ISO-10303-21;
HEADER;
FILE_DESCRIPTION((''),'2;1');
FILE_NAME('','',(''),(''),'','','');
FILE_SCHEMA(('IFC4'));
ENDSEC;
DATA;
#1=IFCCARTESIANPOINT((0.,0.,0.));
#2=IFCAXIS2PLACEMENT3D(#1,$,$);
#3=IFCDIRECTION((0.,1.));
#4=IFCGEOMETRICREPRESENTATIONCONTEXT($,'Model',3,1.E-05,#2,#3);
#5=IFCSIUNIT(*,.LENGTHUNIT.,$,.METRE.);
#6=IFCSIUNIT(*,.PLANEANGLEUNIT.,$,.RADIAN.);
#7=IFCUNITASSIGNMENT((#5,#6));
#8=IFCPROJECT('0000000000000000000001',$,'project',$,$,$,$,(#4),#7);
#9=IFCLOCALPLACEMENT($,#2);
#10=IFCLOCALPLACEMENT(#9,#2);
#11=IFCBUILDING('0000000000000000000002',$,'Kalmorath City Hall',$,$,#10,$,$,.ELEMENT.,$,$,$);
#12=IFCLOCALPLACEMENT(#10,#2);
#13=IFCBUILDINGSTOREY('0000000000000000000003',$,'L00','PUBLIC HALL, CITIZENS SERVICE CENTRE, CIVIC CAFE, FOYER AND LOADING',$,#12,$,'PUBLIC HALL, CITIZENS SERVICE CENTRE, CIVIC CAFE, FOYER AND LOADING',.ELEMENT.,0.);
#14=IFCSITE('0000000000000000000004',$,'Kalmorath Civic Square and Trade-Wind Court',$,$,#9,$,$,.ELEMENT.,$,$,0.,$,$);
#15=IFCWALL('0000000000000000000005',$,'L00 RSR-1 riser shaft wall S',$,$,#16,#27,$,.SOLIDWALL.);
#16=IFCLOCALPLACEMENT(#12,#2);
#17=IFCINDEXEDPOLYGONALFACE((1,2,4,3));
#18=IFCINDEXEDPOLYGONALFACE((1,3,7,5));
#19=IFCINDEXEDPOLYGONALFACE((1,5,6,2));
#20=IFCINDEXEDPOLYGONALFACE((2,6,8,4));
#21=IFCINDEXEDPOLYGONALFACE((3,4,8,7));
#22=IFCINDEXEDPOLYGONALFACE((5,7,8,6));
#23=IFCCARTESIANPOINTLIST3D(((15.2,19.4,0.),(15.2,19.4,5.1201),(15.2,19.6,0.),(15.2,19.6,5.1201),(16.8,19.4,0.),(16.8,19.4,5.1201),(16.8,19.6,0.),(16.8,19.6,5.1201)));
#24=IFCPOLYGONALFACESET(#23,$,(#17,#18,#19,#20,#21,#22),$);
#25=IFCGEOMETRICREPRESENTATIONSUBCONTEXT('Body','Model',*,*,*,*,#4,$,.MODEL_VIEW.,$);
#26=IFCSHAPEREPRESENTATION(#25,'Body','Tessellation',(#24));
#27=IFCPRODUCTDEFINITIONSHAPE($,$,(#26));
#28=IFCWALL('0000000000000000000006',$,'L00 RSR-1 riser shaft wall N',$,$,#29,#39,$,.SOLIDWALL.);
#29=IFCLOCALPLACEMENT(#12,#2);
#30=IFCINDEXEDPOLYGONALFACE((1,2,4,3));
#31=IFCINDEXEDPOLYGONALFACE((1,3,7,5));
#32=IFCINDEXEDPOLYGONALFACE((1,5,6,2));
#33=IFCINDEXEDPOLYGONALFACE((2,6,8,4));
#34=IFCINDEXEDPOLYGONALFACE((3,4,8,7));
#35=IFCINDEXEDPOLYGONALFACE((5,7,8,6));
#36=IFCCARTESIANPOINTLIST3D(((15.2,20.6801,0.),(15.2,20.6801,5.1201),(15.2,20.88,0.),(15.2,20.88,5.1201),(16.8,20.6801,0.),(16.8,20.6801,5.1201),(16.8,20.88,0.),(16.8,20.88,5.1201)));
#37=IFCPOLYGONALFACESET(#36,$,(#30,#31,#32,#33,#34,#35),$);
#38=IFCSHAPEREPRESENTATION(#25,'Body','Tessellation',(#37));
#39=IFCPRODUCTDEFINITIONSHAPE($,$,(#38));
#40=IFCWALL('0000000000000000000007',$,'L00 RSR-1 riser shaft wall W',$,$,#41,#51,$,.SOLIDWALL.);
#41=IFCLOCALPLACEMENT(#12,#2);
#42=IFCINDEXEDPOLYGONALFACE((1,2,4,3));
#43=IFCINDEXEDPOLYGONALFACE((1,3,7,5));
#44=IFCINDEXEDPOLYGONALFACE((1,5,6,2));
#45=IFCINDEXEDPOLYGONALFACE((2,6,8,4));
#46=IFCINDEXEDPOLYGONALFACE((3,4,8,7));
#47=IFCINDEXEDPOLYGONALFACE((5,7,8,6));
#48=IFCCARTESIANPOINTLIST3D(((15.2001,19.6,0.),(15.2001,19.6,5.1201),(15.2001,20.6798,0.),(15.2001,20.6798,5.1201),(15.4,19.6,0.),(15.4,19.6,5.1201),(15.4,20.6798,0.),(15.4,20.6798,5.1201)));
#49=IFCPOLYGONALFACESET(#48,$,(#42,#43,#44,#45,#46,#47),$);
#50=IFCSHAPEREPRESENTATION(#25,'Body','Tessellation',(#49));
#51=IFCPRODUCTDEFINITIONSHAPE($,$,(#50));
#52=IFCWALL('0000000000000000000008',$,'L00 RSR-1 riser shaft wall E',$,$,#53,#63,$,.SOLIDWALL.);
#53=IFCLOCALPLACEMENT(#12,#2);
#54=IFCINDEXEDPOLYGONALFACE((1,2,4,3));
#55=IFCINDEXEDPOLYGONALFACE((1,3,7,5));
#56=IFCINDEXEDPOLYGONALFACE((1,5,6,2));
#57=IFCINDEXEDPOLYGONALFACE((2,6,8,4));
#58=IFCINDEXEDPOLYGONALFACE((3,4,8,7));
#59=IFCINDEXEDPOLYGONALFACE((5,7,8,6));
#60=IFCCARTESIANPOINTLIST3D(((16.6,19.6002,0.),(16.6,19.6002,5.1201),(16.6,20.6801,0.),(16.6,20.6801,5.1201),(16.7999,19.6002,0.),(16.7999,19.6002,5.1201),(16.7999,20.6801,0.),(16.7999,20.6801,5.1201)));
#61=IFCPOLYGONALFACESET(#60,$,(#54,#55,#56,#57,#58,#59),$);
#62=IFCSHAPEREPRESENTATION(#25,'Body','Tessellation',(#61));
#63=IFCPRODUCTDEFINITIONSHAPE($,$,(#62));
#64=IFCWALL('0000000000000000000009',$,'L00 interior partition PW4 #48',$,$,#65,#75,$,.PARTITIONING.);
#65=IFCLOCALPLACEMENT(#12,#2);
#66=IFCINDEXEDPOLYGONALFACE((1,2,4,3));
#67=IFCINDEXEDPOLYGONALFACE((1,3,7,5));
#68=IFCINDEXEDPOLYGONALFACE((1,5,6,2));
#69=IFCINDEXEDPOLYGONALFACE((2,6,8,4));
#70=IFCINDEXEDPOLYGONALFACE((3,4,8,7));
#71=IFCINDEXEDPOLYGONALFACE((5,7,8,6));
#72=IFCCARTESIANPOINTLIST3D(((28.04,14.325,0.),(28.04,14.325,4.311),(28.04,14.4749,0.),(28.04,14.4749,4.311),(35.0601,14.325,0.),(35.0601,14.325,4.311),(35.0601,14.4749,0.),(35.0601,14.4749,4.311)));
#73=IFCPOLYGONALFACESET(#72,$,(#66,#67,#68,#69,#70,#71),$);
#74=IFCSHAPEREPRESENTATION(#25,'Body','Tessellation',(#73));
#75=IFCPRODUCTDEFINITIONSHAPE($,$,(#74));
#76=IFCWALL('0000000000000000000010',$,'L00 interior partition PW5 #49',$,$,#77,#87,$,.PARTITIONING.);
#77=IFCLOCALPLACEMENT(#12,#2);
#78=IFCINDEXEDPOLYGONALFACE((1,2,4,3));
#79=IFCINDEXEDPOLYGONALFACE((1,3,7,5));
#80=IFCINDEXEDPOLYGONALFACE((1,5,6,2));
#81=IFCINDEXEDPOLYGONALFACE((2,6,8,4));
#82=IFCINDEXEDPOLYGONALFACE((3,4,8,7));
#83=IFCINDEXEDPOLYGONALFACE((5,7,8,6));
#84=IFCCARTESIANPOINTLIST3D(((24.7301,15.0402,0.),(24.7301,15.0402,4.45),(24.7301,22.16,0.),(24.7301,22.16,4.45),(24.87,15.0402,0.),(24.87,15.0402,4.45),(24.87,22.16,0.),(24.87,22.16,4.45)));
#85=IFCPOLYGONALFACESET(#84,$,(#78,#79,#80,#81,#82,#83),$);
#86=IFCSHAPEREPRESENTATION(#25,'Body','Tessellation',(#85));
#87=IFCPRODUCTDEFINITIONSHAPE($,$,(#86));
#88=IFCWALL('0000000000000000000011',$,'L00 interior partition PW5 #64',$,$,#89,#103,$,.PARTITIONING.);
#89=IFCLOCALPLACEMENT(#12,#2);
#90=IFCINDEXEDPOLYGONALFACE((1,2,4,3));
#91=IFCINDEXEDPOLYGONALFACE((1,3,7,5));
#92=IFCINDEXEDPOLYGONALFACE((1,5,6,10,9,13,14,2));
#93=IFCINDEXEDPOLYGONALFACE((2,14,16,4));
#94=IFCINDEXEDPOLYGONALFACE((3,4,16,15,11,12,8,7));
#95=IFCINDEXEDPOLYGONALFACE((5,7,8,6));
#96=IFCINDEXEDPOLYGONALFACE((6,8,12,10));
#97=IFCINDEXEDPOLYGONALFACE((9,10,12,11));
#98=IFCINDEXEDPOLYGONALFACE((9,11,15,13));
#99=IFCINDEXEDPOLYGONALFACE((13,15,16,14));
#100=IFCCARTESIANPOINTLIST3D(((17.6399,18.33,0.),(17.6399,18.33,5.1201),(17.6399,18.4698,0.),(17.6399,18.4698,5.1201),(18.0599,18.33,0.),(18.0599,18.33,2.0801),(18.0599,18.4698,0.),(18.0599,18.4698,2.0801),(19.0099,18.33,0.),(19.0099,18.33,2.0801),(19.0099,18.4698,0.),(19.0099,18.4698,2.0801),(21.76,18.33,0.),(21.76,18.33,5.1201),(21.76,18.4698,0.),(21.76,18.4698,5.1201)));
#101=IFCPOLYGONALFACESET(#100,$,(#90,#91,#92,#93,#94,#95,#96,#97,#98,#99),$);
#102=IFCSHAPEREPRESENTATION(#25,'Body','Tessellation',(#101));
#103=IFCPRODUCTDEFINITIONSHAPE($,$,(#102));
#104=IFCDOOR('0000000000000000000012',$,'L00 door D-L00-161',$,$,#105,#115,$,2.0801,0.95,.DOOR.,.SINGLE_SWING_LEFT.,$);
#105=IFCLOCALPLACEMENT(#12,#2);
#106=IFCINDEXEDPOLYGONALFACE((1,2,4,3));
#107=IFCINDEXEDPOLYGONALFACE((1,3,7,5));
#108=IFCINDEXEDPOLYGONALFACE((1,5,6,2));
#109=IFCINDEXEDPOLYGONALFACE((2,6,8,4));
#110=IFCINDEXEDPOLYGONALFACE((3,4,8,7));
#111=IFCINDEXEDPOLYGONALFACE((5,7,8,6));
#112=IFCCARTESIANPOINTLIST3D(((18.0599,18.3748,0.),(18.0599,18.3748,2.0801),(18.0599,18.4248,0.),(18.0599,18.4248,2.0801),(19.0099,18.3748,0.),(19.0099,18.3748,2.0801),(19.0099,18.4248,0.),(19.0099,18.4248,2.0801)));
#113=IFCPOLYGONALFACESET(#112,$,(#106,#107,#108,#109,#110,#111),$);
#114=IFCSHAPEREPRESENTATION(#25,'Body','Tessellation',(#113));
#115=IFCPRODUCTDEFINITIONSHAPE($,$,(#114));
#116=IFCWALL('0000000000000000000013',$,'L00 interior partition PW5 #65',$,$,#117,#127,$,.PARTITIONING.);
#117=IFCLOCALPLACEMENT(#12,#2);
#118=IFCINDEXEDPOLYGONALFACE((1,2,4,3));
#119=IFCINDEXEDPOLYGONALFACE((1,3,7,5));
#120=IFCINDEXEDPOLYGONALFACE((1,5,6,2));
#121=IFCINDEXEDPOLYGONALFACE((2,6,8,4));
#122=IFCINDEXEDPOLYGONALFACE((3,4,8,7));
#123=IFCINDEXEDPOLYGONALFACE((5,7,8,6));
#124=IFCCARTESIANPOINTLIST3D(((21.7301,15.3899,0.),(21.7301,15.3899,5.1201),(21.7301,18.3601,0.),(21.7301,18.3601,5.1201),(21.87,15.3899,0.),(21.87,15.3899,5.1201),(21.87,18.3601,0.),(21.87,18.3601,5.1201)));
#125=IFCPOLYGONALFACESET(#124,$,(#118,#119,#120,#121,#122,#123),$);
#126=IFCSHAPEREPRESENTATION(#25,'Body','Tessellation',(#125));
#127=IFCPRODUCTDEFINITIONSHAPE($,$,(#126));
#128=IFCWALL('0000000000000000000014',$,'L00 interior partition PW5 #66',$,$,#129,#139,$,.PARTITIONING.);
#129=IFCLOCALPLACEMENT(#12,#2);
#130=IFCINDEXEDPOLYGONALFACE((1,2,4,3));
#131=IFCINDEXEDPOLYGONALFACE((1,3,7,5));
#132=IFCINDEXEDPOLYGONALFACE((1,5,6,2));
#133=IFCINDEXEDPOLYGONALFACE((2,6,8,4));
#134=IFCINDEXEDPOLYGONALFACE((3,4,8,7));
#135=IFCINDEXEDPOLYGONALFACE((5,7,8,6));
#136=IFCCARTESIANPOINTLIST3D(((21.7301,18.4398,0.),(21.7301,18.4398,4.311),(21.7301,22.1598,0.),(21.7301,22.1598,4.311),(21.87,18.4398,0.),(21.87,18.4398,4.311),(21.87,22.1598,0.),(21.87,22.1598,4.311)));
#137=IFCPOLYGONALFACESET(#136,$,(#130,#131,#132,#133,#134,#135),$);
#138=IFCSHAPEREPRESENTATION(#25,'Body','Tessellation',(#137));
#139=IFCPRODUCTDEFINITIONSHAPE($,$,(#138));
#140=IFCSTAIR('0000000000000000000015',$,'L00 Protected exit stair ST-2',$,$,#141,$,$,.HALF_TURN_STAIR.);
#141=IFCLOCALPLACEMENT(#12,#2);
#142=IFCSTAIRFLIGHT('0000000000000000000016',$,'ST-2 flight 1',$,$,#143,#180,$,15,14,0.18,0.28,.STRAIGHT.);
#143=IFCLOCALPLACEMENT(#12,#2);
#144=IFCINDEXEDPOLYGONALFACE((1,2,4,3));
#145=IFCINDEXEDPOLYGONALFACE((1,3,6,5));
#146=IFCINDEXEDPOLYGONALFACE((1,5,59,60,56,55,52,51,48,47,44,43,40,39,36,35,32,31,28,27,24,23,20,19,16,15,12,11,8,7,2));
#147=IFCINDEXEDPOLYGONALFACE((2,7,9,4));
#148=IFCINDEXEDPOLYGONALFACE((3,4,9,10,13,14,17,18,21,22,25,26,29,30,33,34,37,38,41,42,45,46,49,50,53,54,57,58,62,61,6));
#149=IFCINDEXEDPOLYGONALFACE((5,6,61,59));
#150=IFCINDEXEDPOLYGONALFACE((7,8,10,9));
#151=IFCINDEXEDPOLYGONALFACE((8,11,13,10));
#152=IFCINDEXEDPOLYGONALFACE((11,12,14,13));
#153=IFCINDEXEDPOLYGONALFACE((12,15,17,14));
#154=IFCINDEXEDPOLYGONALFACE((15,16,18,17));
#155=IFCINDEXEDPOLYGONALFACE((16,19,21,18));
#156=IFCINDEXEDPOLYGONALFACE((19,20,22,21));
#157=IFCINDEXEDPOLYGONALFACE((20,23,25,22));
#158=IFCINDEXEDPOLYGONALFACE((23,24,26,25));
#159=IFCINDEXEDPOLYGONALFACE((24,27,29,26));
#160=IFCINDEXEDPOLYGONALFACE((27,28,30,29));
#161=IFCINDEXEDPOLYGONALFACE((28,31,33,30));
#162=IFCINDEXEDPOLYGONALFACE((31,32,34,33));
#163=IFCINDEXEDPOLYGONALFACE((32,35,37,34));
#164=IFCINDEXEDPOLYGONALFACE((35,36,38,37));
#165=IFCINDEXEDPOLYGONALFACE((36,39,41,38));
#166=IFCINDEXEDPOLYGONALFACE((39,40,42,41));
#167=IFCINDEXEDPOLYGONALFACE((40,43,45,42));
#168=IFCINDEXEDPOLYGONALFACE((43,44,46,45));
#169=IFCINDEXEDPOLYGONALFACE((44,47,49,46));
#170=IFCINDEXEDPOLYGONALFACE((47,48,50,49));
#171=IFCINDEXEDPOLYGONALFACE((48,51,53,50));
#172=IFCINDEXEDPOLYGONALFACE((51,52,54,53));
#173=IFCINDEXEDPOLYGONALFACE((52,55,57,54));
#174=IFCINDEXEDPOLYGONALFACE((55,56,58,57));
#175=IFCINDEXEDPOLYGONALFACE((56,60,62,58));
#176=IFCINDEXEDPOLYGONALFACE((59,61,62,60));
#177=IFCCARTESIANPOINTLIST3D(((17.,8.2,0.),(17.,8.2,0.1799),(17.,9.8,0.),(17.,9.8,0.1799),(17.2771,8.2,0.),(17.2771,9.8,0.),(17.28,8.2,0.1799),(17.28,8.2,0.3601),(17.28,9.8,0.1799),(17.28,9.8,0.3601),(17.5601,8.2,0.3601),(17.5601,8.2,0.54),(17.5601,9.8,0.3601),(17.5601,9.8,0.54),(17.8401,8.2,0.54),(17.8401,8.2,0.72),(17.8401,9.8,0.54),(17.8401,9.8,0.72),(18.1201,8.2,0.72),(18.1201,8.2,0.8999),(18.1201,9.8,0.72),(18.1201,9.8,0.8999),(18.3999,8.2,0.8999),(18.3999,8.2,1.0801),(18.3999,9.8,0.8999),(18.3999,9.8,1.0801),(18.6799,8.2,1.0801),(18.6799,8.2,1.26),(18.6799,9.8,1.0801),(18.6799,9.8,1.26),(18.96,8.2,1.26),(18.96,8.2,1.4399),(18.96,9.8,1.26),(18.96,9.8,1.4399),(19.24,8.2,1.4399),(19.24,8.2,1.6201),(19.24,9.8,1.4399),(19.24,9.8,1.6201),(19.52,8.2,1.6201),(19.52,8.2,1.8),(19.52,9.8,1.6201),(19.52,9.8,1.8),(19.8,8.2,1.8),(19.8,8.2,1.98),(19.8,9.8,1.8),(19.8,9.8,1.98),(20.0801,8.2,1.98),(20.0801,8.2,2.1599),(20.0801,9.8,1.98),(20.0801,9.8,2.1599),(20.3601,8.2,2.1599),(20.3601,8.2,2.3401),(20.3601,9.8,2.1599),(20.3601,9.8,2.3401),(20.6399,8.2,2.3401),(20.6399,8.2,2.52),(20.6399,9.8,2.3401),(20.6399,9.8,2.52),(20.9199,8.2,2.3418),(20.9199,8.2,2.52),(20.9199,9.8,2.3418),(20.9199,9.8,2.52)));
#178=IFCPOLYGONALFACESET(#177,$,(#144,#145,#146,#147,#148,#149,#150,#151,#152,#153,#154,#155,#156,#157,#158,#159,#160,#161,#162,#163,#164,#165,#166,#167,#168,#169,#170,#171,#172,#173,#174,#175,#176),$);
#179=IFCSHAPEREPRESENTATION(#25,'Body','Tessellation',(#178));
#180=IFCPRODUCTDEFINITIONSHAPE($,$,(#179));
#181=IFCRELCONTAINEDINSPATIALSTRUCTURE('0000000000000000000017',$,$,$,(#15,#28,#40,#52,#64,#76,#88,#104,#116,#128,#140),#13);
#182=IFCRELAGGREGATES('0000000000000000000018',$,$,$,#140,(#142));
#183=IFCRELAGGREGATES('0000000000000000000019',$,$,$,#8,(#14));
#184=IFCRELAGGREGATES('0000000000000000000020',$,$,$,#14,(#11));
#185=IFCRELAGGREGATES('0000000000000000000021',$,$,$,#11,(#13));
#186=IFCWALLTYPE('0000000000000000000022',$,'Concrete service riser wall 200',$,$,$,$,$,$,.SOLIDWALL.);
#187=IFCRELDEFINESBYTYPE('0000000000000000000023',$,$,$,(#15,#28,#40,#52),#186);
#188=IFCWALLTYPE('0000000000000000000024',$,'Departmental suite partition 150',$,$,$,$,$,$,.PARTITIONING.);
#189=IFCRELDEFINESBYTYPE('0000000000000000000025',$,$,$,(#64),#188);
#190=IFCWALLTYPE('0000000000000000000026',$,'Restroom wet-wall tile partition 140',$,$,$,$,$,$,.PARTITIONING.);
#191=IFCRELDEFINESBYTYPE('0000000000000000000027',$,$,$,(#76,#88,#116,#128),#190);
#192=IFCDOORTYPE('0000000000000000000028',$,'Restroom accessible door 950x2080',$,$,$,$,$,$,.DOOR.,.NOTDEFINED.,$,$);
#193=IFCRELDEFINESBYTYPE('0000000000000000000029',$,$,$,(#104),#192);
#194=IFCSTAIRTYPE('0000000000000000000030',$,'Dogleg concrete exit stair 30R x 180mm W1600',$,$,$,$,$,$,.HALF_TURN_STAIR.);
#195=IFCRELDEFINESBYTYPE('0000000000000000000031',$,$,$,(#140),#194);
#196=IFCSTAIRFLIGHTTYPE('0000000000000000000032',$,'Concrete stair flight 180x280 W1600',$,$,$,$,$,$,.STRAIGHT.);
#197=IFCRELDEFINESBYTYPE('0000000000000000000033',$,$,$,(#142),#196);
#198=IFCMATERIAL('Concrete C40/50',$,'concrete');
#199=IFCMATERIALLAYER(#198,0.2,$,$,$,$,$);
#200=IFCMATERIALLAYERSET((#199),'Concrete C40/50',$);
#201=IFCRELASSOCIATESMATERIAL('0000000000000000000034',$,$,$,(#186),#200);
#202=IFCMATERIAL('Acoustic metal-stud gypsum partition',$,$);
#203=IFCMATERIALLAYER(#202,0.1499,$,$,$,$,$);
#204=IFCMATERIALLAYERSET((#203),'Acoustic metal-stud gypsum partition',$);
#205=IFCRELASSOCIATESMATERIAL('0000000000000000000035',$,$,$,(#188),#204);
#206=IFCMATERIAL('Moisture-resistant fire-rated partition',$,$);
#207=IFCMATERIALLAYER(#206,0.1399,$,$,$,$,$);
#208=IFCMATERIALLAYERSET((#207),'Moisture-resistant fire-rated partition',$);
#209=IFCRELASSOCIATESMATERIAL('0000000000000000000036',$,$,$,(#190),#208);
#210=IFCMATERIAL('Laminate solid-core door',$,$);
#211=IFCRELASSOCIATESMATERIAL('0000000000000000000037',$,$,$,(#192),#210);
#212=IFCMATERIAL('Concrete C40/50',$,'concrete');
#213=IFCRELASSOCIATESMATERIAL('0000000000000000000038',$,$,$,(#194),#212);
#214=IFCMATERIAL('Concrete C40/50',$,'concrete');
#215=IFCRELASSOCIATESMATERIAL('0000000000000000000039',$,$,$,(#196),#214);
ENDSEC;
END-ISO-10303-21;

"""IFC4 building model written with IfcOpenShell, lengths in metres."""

from ifc_helpers import new_model, si_unit, direction, frame, frame_2d, origin, place, context, subcontext, project, spatial, polyline, rectangle, outline, extrude, material, layer, layer_set, type_object, element, fill, aggregate, save


model = new_model("IFC4")

# Units and contexts
model_context = context("Model", 3, precision=1e-05, world=origin(), true_north=direction((0.0, 1.0)))
body_context = subcontext(model_context, "Body", "Model", "MODEL_VIEW")
ifc_project = project(units=[si_unit("LENGTHUNIT", "METRE"), si_unit("PLANEANGLEUNIT", "RADIAN")], contexts=[model_context])

# Site, building, storey
site_placement = place(None, origin())
site = spatial("IfcSite", under=ifc_project, at=site_placement, Name="Kalmorath Civic Square and Trade-Wind Court", CompositionType="ELEMENT", RefElevation=0.0)
building_placement = place(site_placement, origin())
building = spatial("IfcBuilding", under=site, at=building_placement, Name="Kalmorath City Hall", CompositionType="ELEMENT")
storey_placement = place(building_placement, origin())
storey = spatial("IfcBuildingStorey", under=building, at=storey_placement, Name="L00", Description="PUBLIC HALL, CITIZENS SERVICE CENTRE, CIVIC CAFE, FOYER AND LOADING", LongName="PUBLIC HALL, CITIZENS SERVICE CENTRE, CIVIC CAFE, FOYER AND LOADING", CompositionType="ELEMENT", Elevation=0.0)

# Walls
ifc_material_1 = material(Name="Concrete C40/50", Category="concrete")
ifc_layer_1 = layer(ifc_material_1, 0.2)
ifc_layer_set_1 = layer_set([ifc_layer_1], Name="Concrete C40/50")
wall_type_1 = type_object("IfcWallType", Name="Concrete service riser wall 200", PredefinedType="SOLIDWALL", material=ifc_layer_set_1)
for number, where, z_axis, x_axis, name in (
    (1, (15.2, 19.5, 0.0), (0.0, 0.0, 1.0), (1.0, 0.0, 0.0), "L00 RSR-1 riser shaft wall S"),
    (2, (16.8, 20.78, 0.0), (0.0, 0.0, 1.0), (-1.0, 0.0, 0.0), "L00 RSR-1 riser shaft wall N"),
):
    element("IfcWall", number, at=place(storey_placement, frame(where, z_axis=z_axis, x_axis=x_axis)), inside=storey, type_object=wall_type_1, Name=name, PredefinedType="SOLIDWALL", context=body_context, shape_type="SweptSolid", body=[
        extrude(rectangle(XDim=1.6001, YDim=0.2, at=frame_2d((0.8, 0.0))), origin(), (0.0, 0.0, 1.0), 5.1201),
    ])
for number, where, z_axis, x_axis, name in (
    (3, (15.3, 20.6799, 0.0), (0.0, 0.0, 1.0), (0.0, -1.0, 0.0), "L00 RSR-1 riser shaft wall W"),
    (4, (16.7, 19.6001, 0.0), (0.0, 0.0, 1.0), (0.0, 1.0, 0.0), "L00 RSR-1 riser shaft wall E"),
):
    element("IfcWall", number, at=place(storey_placement, frame(where, z_axis=z_axis, x_axis=x_axis)), inside=storey, type_object=wall_type_1, Name=name, PredefinedType="SOLIDWALL", context=body_context, shape_type="SweptSolid", body=[
        extrude(rectangle(XDim=1.0798, YDim=0.2, at=frame_2d((0.54, 0.0))), origin(), (0.0, 0.0, 1.0), 5.1201),
    ])
ifc_material_2 = material(Name="Acoustic metal-stud gypsum partition")
ifc_layer_2 = layer(ifc_material_2, 0.1499)
ifc_layer_set_2 = layer_set([ifc_layer_2], Name="Acoustic metal-stud gypsum partition")
wall_type_2 = type_object("IfcWallType", Name="Departmental suite partition 150", PredefinedType="PARTITIONING", material=ifc_layer_set_2)
wall_1_placement = place(storey_placement, frame((28.04, 14.3999, 0.0), z_axis=(0.0, 0.0, 1.0), x_axis=(1.0, 0.0, 0.0)))
element("IfcWall", 5, at=wall_1_placement, inside=storey, type_object=wall_type_2, Name="L00 interior partition PW4 #48", PredefinedType="PARTITIONING", context=body_context, shape_type="SweptSolid", body=[
    extrude(rectangle(XDim=7.02, YDim=0.1499, at=frame_2d((3.51, 0.0))), origin(), (0.0, 0.0, 1.0), 4.311),
])
ifc_material_3 = material(Name="Moisture-resistant fire-rated partition")
ifc_layer_3 = layer(ifc_material_3, 0.1399)
ifc_layer_set_3 = layer_set([ifc_layer_3], Name="Moisture-resistant fire-rated partition")
wall_type_3 = type_object("IfcWallType", Name="Restroom wet-wall tile partition 140", PredefinedType="PARTITIONING", material=ifc_layer_set_3)
wall_2_placement = place(storey_placement, frame((24.8, 15.04, 0.0), z_axis=(0.0, 0.0, 1.0), x_axis=(0.0, 1.0, 0.0)))
element("IfcWall", 6, at=wall_2_placement, inside=storey, type_object=wall_type_3, Name="L00 interior partition PW5 #49", PredefinedType="PARTITIONING", context=body_context, shape_type="SweptSolid", body=[
    extrude(rectangle(XDim=7.1199, YDim=0.1399, at=frame_2d((3.5601, 0.0))), origin(), (0.0, 0.0, 1.0), 4.45),
])

# Wall, opening, door
wall_3_placement = place(storey_placement, frame((17.6399, 18.3999, 0.0), z_axis=(0.0, 0.0, 1.0), x_axis=(1.0, 0.0, 0.0)))
wall_3 = element("IfcWall", 7, at=wall_3_placement, inside=storey, type_object=wall_type_3, Name="L00 interior partition PW5 #64", PredefinedType="PARTITIONING", context=body_context, shape_type="SweptSolid", body=[
    extrude(rectangle(XDim=4.1201, YDim=0.1399, at=frame_2d((2.0601, 0.0))), origin(), (0.0, 0.0, 1.0), 5.1201),
])
opening_1_placement = place(wall_3_placement, frame((0.4199, 0.0, 0.0)))
opening_1 = element("IfcOpeningElement", 8, at=opening_1_placement, cuts=wall_3, PredefinedType="OPENING", context=body_context, shape_type="SweptSolid", body=[
    extrude(rectangle(XDim=0.95, YDim=2.0801, at=frame_2d((0.4751, 1.04))), frame((0.0, 0.0798, 0.0), z_axis=(0.0, -1.0, 0.0), x_axis=(1.0, 0.0, 0.0)), (0.0, 0.0, 1.0), 0.1599),
])
ifc_material_4 = material(Name="Laminate solid-core door")
door_type_1 = type_object("IfcDoorType", Name="Restroom accessible door 950x2080", OperationType="NOTDEFINED", PredefinedType="DOOR", material=ifc_material_4)
door_1_placement = place(opening_1_placement, origin())
door_1 = element("IfcDoor", 9, at=door_1_placement, inside=storey, type_object=door_type_1, Name="L00 door D-L00-161", OperationType="SINGLE_SWING_LEFT", OverallHeight=2.0801, OverallWidth=0.95, PredefinedType="DOOR", context=body_context, shape_type="SweptSolid", body=[
    extrude(rectangle(XDim=0.95, YDim=2.0801, at=frame_2d((0.4751, 1.04))), frame((0.0, 0.0249, 0.0), z_axis=(0.0, -1.0, 0.0), x_axis=(1.0, 0.0, 0.0)), (0.0, 0.0, 1.0), 0.05),
])
fill(opening_1, door_1)

# Walls
wall_4_placement = place(storey_placement, frame((21.8, 15.3899, 0.0), z_axis=(0.0, 0.0, 1.0), x_axis=(0.0, 1.0, 0.0)))
element("IfcWall", 10, at=wall_4_placement, inside=storey, type_object=wall_type_3, Name="L00 interior partition PW5 #65", PredefinedType="PARTITIONING", context=body_context, shape_type="SweptSolid", body=[
    extrude(rectangle(XDim=2.9702, YDim=0.1399, at=frame_2d((1.4851, 0.0))), origin(), (0.0, 0.0, 1.0), 5.1201),
])
wall_5_placement = place(storey_placement, frame((21.8, 18.4399, 0.0), z_axis=(0.0, 0.0, 1.0), x_axis=(0.0, 1.0, 0.0)))
element("IfcWall", 11, at=wall_5_placement, inside=storey, type_object=wall_type_3, Name="L00 interior partition PW5 #66", PredefinedType="PARTITIONING", context=body_context, shape_type="SweptSolid", body=[
    extrude(rectangle(XDim=3.72, YDim=0.1399, at=frame_2d((1.8599, 0.0))), origin(), (0.0, 0.0, 1.0), 4.311),
])

# Stair, stair flight
ifc_material_5 = material(Name="Concrete C40/50", Category="concrete")
stair_type = type_object("IfcStairType", Name="Dogleg concrete exit stair 30R x 180mm W1600", PredefinedType="HALF_TURN_STAIR", material=ifc_material_5)
stair_placement = place(storey_placement, origin())
stair = element("IfcStair", 12, at=stair_placement, inside=storey, type_object=stair_type, Name="L00 Protected exit stair ST-2", PredefinedType="HALF_TURN_STAIR")
ifc_material_6 = material(Name="Concrete C40/50", Category="concrete")
stair_flight_type = type_object("IfcStairFlightType", Name="Concrete stair flight 180x280 W1600", PredefinedType="STRAIGHT", material=ifc_material_6)
stair_flight_1_placement = place(storey_placement, frame((17.0, 9.0, 0.0), z_axis=(0.0, 0.0, 1.0), x_axis=(1.0, 0.0, 0.0)))
stair_flight_1 = element("IfcStairFlight", 13, at=stair_flight_1_placement, type_object=stair_flight_type, Name="ST-2 flight 1", NumberOfRisers=15, NumberOfTreads=14, PredefinedType="STRAIGHT", RiserHeight=0.18, TreadLength=0.28, context=body_context, shape_type="SweptSolid", body=[
    extrude(outline(polyline([(0.0, 0.0), (0.0, 0.1799), (0.28, 0.1799), (0.28, 0.3601), (0.5601, 0.3601), (0.5601, 0.54), (0.8401, 0.54), (0.8401, 0.72), (1.1201, 0.72), (1.1201, 0.8999), (1.3999, 0.8999), (1.3999, 1.0801), (1.6799, 1.0801), (1.6799, 1.26), (1.96, 1.26), (1.96, 1.4399), (2.24, 1.4399), (2.24, 1.6201), (2.52, 1.6201), (2.52, 1.8), (2.8, 1.8), (2.8, 1.98), (3.0801, 1.98), (3.0801, 2.1599), (3.3601, 2.1599), (3.3601, 2.3401), (3.6399, 2.3401), (3.6399, 2.52), (3.9199, 2.52), (3.9199, 2.7), (3.9199, 2.3418), (0.2771, 0.0), (0.0, 0.0)])), frame((0.0, 0.8, 0.0), z_axis=(0.0, -1.0, 0.0), x_axis=(1.0, 0.0, 0.0)), (0.0, 0.0, 1.0), 1.6001),
])
aggregate(stair, [stair_flight_1])

save(model, "model.ifc")
